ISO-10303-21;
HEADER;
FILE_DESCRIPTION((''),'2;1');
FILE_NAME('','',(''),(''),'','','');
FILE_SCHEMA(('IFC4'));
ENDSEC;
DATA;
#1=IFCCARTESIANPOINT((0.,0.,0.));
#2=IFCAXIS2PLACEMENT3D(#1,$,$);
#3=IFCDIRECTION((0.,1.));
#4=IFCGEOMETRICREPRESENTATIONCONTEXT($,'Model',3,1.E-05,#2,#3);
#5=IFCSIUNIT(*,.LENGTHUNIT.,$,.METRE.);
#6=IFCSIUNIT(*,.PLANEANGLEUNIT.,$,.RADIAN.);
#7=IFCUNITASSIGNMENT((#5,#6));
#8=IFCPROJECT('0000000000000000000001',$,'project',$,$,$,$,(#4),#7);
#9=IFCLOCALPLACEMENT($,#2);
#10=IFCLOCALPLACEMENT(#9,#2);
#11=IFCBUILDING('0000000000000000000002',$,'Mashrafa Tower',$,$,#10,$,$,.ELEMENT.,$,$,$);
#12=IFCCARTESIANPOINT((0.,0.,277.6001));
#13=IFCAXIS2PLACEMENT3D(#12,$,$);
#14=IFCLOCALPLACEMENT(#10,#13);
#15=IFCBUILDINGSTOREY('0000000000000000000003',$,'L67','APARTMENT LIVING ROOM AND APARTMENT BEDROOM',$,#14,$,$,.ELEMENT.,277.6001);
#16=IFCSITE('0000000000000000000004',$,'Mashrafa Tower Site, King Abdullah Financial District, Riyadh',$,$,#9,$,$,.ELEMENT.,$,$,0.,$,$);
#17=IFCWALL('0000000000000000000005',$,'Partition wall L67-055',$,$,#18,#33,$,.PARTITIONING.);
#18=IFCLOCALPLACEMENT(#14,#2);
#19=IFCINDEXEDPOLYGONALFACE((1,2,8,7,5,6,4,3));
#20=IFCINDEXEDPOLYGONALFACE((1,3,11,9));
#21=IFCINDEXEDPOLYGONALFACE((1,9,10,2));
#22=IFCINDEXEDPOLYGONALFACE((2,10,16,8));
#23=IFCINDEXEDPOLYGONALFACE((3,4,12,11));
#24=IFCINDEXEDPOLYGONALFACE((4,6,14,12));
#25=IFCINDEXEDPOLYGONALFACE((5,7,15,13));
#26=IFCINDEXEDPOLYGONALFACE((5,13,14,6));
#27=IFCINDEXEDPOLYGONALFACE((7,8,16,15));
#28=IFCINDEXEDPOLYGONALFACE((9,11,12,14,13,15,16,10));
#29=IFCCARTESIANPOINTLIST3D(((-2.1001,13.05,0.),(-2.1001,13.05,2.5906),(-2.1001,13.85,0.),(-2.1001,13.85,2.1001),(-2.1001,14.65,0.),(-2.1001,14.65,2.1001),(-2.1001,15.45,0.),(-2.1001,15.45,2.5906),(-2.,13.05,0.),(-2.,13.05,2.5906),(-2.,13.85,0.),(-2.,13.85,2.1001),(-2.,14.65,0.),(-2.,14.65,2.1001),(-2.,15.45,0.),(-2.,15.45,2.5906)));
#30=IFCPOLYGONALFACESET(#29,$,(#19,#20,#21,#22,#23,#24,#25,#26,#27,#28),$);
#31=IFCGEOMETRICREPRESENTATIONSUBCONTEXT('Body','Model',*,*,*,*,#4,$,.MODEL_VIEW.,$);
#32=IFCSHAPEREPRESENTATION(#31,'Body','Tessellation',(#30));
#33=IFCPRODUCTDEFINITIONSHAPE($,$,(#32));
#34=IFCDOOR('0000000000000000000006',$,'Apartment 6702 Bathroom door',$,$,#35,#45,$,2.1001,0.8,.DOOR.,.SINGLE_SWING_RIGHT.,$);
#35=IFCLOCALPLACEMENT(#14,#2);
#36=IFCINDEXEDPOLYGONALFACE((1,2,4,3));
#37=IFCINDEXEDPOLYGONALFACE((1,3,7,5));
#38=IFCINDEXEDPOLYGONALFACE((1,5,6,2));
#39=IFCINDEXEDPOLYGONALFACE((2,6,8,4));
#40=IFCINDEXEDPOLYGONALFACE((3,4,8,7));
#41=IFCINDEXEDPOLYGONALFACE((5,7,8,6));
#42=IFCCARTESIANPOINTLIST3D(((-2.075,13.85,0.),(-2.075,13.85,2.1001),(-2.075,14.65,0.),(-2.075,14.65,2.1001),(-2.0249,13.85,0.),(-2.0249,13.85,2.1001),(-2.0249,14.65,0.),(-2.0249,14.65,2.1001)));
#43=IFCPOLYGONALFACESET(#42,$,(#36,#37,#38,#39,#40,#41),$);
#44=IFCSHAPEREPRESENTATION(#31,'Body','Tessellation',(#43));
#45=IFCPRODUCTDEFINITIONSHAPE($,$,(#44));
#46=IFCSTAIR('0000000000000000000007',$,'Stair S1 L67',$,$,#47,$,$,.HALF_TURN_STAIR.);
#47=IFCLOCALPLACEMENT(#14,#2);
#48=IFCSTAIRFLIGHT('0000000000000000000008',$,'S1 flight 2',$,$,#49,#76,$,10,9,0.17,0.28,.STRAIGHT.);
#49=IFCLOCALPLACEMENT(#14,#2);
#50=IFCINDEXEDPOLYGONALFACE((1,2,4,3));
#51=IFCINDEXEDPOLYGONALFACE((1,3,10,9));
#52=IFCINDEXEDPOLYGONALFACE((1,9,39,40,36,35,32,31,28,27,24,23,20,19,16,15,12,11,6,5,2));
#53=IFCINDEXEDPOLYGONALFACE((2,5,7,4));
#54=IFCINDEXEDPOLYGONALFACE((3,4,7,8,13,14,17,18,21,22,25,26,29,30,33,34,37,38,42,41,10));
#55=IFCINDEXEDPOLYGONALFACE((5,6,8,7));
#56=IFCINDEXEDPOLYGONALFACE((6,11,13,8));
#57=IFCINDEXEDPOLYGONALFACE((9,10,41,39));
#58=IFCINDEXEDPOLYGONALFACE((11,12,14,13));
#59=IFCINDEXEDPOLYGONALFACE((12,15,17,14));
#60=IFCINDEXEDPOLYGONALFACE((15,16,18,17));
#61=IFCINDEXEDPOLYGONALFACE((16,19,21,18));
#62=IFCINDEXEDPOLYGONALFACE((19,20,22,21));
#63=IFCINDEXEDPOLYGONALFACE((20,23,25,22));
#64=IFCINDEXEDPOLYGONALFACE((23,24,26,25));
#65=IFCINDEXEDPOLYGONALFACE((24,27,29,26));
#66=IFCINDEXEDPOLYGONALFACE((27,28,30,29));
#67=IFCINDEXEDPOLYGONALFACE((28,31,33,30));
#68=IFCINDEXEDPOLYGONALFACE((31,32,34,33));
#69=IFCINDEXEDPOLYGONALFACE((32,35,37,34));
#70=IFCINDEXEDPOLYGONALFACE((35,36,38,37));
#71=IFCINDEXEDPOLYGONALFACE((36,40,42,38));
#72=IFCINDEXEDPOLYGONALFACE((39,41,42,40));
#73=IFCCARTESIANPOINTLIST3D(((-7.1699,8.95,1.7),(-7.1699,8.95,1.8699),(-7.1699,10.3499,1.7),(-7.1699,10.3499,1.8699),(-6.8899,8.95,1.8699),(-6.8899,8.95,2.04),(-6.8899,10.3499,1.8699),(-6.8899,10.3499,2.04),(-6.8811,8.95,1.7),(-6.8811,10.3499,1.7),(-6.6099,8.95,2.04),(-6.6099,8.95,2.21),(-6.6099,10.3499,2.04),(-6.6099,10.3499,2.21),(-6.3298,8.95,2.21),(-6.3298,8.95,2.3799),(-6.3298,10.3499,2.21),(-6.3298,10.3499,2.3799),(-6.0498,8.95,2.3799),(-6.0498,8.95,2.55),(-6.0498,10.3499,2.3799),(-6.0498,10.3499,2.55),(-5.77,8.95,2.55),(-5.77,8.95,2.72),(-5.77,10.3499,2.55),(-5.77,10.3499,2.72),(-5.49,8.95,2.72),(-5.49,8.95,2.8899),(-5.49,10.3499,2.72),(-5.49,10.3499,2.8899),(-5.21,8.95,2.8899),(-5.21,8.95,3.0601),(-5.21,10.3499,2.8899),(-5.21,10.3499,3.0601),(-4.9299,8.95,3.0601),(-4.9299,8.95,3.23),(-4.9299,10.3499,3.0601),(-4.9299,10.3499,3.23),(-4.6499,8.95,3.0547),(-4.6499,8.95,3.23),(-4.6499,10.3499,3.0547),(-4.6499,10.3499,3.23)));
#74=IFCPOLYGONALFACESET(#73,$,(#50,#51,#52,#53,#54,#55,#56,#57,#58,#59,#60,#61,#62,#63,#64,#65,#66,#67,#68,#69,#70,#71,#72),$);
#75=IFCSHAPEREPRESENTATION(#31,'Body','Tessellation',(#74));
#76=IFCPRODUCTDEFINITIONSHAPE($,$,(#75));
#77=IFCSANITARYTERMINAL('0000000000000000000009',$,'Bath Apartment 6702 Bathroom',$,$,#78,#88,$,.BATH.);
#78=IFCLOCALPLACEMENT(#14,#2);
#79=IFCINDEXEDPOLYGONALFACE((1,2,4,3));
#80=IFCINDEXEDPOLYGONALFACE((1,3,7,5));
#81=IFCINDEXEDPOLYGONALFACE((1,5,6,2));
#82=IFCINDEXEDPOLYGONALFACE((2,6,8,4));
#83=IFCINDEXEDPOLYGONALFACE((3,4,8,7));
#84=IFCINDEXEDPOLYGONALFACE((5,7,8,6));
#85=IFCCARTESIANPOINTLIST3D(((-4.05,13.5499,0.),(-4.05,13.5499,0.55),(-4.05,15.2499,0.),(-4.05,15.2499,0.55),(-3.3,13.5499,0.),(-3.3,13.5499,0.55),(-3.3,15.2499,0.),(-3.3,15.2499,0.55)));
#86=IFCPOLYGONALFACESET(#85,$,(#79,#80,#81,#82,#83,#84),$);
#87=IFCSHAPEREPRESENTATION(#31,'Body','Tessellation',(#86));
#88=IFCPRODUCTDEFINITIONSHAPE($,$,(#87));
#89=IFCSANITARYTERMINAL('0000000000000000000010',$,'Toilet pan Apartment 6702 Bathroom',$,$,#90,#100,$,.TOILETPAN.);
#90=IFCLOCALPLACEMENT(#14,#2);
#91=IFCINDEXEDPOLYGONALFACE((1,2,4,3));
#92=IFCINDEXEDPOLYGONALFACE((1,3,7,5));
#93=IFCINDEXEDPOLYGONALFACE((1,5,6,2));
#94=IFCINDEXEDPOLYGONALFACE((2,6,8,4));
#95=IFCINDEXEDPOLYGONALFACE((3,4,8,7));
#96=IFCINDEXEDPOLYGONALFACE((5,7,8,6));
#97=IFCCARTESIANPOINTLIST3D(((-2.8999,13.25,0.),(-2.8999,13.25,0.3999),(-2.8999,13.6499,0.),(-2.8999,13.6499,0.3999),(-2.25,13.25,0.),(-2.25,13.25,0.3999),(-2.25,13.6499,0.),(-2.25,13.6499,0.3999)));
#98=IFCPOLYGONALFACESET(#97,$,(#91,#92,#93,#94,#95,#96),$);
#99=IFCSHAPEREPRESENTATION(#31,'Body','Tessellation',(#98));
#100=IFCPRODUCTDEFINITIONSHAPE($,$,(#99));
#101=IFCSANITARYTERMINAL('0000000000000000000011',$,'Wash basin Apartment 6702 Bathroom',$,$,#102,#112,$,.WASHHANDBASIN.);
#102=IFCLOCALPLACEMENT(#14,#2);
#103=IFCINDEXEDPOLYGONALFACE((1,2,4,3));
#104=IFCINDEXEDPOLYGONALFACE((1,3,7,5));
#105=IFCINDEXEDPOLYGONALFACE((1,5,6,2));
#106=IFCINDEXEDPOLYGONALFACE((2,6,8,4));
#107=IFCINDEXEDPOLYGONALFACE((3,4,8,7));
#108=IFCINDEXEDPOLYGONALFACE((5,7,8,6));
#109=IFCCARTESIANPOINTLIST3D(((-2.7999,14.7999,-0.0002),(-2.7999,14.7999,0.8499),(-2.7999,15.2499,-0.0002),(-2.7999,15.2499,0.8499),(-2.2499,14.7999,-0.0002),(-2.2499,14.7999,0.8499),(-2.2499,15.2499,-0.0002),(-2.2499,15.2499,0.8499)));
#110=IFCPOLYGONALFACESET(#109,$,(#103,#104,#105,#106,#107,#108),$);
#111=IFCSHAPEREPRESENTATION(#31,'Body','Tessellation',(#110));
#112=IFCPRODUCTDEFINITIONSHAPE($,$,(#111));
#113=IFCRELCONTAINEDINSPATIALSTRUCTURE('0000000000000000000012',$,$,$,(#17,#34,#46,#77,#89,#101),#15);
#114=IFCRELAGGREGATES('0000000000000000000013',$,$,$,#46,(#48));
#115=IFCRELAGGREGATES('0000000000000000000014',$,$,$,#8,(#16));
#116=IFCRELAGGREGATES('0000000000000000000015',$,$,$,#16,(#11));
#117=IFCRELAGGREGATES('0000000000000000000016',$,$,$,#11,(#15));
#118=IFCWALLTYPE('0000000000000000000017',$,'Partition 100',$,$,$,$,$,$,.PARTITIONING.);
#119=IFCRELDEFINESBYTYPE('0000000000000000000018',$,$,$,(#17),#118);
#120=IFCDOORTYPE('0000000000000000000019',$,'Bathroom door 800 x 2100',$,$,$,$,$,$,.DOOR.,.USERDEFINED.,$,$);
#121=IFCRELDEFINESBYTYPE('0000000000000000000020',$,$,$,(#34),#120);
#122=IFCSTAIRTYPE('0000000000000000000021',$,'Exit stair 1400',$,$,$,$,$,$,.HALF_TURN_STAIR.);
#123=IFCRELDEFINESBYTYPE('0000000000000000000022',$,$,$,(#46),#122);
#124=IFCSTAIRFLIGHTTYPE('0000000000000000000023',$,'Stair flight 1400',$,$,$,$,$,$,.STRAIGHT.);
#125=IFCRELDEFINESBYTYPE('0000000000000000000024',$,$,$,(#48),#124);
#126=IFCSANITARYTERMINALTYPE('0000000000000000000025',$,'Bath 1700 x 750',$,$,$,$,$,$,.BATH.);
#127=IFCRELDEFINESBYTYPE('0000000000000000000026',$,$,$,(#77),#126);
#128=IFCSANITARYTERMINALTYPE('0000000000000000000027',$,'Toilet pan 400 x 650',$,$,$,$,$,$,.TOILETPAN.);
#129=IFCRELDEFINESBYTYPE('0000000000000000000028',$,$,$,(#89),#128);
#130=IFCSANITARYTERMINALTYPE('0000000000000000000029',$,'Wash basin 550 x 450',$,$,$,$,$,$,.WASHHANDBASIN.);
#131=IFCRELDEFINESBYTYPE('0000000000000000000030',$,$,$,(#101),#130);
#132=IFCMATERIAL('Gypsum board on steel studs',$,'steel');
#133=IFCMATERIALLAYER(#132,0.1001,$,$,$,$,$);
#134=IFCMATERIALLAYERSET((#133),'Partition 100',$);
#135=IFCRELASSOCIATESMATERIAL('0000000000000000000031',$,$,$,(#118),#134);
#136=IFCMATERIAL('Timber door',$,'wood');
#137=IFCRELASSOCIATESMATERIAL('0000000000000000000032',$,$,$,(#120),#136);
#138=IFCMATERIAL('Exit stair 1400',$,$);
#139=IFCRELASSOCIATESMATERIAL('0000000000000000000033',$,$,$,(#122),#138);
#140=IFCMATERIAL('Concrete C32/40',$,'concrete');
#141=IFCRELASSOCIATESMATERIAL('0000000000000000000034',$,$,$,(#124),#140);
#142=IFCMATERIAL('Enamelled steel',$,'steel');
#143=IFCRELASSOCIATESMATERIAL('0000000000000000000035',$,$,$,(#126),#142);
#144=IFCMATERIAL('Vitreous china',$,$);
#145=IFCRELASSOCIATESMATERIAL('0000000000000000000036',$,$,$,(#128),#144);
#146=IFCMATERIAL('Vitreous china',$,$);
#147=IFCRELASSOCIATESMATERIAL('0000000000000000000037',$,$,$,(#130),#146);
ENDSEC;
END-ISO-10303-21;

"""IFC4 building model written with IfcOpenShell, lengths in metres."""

from ifc_helpers import new_model, si_unit, direction, frame, frame_2d, origin, origin_2d, place, context, subcontext, project, spatial, polyline, rectangle, outline, extrude, material, layer, layer_set, type_object, element, fill, aggregate, save


model = new_model("IFC4")

# Units and contexts
model_context = context("Model", 3, precision=1e-05, world=origin(), true_north=direction((0.0, 1.0)))
body_context = subcontext(model_context, "Body", "Model", "MODEL_VIEW")
ifc_project = project(units=[si_unit("LENGTHUNIT", "METRE"), si_unit("PLANEANGLEUNIT", "RADIAN")], contexts=[model_context])

# Site, building, storey
site_placement = place(None, origin())
site = spatial("IfcSite", under=ifc_project, at=site_placement, Name="Mashrafa Tower Site, King Abdullah Financial District, Riyadh", CompositionType="ELEMENT", RefElevation=0.0)
building_placement = place(site_placement, origin())
building = spatial("IfcBuilding", under=site, at=building_placement, Name="Mashrafa Tower", CompositionType="ELEMENT")
storey_placement = place(building_placement, frame((0.0, 0.0, 277.6001)))
storey = spatial("IfcBuildingStorey", under=building, at=storey_placement, Name="L67", Description="APARTMENT LIVING ROOM AND APARTMENT BEDROOM", CompositionType="ELEMENT", Elevation=277.6001)

# Shared definitions
ifc_material_1 = material(Name="Gypsum board on steel studs", Category="steel")
ifc_layer_1 = layer(ifc_material_1, 0.1001)
ifc_layer_set_1 = layer_set([ifc_layer_1], Name="Partition 100")
wall_type_1 = type_object("IfcWallType", Name="Partition 100", PredefinedType="PARTITIONING", material=ifc_layer_set_1)

# Wall, opening, door
wall_1_placement = place(storey_placement, frame((-2.05, 13.05, 0.0), z_axis=(0.0, 0.0, 1.0), x_axis=(0.0, 1.0, 0.0)))
wall_1 = element("IfcWall", 1, at=wall_1_placement, inside=storey, type_object=wall_type_1, Name="Partition wall L67-055", PredefinedType="PARTITIONING", context=body_context, shape_type="SweptSolid", body=[
    extrude(rectangle(XDim=2.3999, YDim=0.1001, at=frame_2d((1.2, 0.0))), origin(), (0.0, 0.0, 1.0), 2.5906),
])
opening_1_placement = place(wall_1_placement, frame((0.8, 0.0, 0.0)))
opening_1 = element("IfcOpeningElement", 2, at=opening_1_placement, cuts=wall_1, PredefinedType="OPENING", context=body_context, shape_type="SweptSolid", body=[
    extrude(rectangle(XDim=0.8, YDim=2.1001, at=frame_2d((0.3999, 1.05))), frame((0.0, 0.0601, 0.0), z_axis=(0.0, -1.0, 0.0), x_axis=(1.0, 0.0, 0.0)), (0.0, 0.0, 1.0), 0.1201),
])
ifc_material_2 = material(Name="Timber door", Category="wood")
door_type_1 = type_object("IfcDoorType", Name="Bathroom door 800 x 2100", OperationType="USERDEFINED", PredefinedType="DOOR", material=ifc_material_2)
door_1_placement = place(opening_1_placement, origin())
door_1 = element("IfcDoor", 3, at=door_1_placement, inside=storey, type_object=door_type_1, Name="Apartment 6702 Bathroom door", OperationType="SINGLE_SWING_RIGHT", OverallHeight=2.1001, OverallWidth=0.8, PredefinedType="DOOR", context=body_context, shape_type="SweptSolid", body=[
    extrude(rectangle(XDim=0.8, YDim=2.1001, at=frame_2d((0.3999, 1.05))), frame((0.0, 0.0249, 0.0), z_axis=(0.0, -1.0, 0.0), x_axis=(1.0, 0.0, 0.0)), (0.0, 0.0, 1.0), 0.05),
])
fill(opening_1, door_1)

# Stair, stair flight
ifc_material_3 = material(Name="Exit stair 1400")
stair_type = type_object("IfcStairType", Name="Exit stair 1400", PredefinedType="HALF_TURN_STAIR", material=ifc_material_3)
stair_placement = place(storey_placement, origin())
stair = element("IfcStair", 4, at=stair_placement, inside=storey, type_object=stair_type, Name="Stair S1 L67", PredefinedType="HALF_TURN_STAIR")
ifc_material_4 = material(Name="Concrete C32/40", Category="concrete")
stair_flight_type = type_object("IfcStairFlightType", Name="Stair flight 1400", PredefinedType="STRAIGHT", material=ifc_material_4)
stair_flight_placement = place(storey_placement, frame((-7.1699, 9.6499, 1.7), z_axis=(0.0, 0.0, 1.0), x_axis=(1.0, 0.0, 0.0)))
stair_flight = element("IfcStairFlight", 5, at=stair_flight_placement, type_object=stair_flight_type, Name="S1 flight 2", NumberOfRisers=10, NumberOfTreads=9, PredefinedType="STRAIGHT", RiserHeight=0.17, TreadLength=0.28, context=body_context, shape_type="SweptSolid", body=[
    extrude(outline(polyline([(0.0, 0.0), (0.0, 0.1699), (0.28, 0.1699), (0.28, 0.3401), (0.5601, 0.3401), (0.5601, 0.51), (0.8401, 0.51), (0.8401, 0.6799), (1.1201, 0.6799), (1.1201, 0.8501), (1.3999, 0.8501), (1.3999, 1.02), (1.6799, 1.02), (1.6799, 1.1899), (1.96, 1.1899), (1.96, 1.3601), (2.24, 1.3601), (2.24, 1.53), (2.52, 1.53), (2.52, 1.7), (2.52, 1.3547), (0.2888, 0.0), (0.0, 0.0)])), frame((0.0, 0.7, 0.0), z_axis=(0.0, -1.0, 0.0), x_axis=(1.0, 0.0, 0.0)), (0.0, 0.0, 1.0), 1.3999),
])
aggregate(stair, [stair_flight])

# Sanitary terminals
ifc_material_5 = material(Name="Enamelled steel", Category="steel")
sanitary_terminal_type_1 = type_object("IfcSanitaryTerminalType", Name="Bath 1700 x 750", PredefinedType="BATH", material=ifc_material_5)
sanitary_terminal_1_placement = place(storey_placement, frame((-3.675, 14.3999, 0.0), z_axis=(0.0, 0.0, 1.0), x_axis=(0.0, -1.0, 0.0)))
element("IfcSanitaryTerminal", 6, at=sanitary_terminal_1_placement, inside=storey, type_object=sanitary_terminal_type_1, Name="Bath Apartment 6702 Bathroom", PredefinedType="BATH", context=body_context, shape_type="SweptSolid", body=[
    extrude(rectangle(XDim=1.7, YDim=0.75, at=origin_2d()), origin(), (0.0, 0.0, 1.0), 0.55),
])
ifc_material_6 = material(Name="Vitreous china")
sanitary_terminal_type_2 = type_object("IfcSanitaryTerminalType", Name="Toilet pan 400 x 650", PredefinedType="TOILETPAN", material=ifc_material_6)
sanitary_terminal_2_placement = place(storey_placement, frame((-2.575, 13.45, 0.0), z_axis=(0.0, 0.0, 1.0), x_axis=(0.0, 1.0, 0.0)))
element("IfcSanitaryTerminal", 7, at=sanitary_terminal_2_placement, inside=storey, type_object=sanitary_terminal_type_2, Name="Toilet pan Apartment 6702 Bathroom", PredefinedType="TOILETPAN", context=body_context, shape_type="SweptSolid", body=[
    extrude(rectangle(XDim=0.3999, YDim=0.6499, at=origin_2d()), origin(), (0.0, 0.0, 1.0), 0.3999),
])
ifc_material_7 = material(Name="Vitreous china")
sanitary_terminal_type_3 = type_object("IfcSanitaryTerminalType", Name="Wash basin 550 x 450", PredefinedType="WASHHANDBASIN", material=ifc_material_7)
sanitary_terminal_3_placement = place(storey_placement, frame((-2.5249, 15.0249, -0.0002), z_axis=(0.0, 0.0, 1.0), x_axis=(-1.0, 0.0, 0.0)))
element("IfcSanitaryTerminal", 8, at=sanitary_terminal_3_placement, inside=storey, type_object=sanitary_terminal_type_3, Name="Wash basin Apartment 6702 Bathroom", PredefinedType="WASHHANDBASIN", context=body_context, shape_type="SweptSolid", body=[
    extrude(rectangle(XDim=0.55, YDim=0.45, at=origin_2d()), origin(), (0.0, 0.0, 1.0), 0.8501),
])

save(model, "model.ifc")
